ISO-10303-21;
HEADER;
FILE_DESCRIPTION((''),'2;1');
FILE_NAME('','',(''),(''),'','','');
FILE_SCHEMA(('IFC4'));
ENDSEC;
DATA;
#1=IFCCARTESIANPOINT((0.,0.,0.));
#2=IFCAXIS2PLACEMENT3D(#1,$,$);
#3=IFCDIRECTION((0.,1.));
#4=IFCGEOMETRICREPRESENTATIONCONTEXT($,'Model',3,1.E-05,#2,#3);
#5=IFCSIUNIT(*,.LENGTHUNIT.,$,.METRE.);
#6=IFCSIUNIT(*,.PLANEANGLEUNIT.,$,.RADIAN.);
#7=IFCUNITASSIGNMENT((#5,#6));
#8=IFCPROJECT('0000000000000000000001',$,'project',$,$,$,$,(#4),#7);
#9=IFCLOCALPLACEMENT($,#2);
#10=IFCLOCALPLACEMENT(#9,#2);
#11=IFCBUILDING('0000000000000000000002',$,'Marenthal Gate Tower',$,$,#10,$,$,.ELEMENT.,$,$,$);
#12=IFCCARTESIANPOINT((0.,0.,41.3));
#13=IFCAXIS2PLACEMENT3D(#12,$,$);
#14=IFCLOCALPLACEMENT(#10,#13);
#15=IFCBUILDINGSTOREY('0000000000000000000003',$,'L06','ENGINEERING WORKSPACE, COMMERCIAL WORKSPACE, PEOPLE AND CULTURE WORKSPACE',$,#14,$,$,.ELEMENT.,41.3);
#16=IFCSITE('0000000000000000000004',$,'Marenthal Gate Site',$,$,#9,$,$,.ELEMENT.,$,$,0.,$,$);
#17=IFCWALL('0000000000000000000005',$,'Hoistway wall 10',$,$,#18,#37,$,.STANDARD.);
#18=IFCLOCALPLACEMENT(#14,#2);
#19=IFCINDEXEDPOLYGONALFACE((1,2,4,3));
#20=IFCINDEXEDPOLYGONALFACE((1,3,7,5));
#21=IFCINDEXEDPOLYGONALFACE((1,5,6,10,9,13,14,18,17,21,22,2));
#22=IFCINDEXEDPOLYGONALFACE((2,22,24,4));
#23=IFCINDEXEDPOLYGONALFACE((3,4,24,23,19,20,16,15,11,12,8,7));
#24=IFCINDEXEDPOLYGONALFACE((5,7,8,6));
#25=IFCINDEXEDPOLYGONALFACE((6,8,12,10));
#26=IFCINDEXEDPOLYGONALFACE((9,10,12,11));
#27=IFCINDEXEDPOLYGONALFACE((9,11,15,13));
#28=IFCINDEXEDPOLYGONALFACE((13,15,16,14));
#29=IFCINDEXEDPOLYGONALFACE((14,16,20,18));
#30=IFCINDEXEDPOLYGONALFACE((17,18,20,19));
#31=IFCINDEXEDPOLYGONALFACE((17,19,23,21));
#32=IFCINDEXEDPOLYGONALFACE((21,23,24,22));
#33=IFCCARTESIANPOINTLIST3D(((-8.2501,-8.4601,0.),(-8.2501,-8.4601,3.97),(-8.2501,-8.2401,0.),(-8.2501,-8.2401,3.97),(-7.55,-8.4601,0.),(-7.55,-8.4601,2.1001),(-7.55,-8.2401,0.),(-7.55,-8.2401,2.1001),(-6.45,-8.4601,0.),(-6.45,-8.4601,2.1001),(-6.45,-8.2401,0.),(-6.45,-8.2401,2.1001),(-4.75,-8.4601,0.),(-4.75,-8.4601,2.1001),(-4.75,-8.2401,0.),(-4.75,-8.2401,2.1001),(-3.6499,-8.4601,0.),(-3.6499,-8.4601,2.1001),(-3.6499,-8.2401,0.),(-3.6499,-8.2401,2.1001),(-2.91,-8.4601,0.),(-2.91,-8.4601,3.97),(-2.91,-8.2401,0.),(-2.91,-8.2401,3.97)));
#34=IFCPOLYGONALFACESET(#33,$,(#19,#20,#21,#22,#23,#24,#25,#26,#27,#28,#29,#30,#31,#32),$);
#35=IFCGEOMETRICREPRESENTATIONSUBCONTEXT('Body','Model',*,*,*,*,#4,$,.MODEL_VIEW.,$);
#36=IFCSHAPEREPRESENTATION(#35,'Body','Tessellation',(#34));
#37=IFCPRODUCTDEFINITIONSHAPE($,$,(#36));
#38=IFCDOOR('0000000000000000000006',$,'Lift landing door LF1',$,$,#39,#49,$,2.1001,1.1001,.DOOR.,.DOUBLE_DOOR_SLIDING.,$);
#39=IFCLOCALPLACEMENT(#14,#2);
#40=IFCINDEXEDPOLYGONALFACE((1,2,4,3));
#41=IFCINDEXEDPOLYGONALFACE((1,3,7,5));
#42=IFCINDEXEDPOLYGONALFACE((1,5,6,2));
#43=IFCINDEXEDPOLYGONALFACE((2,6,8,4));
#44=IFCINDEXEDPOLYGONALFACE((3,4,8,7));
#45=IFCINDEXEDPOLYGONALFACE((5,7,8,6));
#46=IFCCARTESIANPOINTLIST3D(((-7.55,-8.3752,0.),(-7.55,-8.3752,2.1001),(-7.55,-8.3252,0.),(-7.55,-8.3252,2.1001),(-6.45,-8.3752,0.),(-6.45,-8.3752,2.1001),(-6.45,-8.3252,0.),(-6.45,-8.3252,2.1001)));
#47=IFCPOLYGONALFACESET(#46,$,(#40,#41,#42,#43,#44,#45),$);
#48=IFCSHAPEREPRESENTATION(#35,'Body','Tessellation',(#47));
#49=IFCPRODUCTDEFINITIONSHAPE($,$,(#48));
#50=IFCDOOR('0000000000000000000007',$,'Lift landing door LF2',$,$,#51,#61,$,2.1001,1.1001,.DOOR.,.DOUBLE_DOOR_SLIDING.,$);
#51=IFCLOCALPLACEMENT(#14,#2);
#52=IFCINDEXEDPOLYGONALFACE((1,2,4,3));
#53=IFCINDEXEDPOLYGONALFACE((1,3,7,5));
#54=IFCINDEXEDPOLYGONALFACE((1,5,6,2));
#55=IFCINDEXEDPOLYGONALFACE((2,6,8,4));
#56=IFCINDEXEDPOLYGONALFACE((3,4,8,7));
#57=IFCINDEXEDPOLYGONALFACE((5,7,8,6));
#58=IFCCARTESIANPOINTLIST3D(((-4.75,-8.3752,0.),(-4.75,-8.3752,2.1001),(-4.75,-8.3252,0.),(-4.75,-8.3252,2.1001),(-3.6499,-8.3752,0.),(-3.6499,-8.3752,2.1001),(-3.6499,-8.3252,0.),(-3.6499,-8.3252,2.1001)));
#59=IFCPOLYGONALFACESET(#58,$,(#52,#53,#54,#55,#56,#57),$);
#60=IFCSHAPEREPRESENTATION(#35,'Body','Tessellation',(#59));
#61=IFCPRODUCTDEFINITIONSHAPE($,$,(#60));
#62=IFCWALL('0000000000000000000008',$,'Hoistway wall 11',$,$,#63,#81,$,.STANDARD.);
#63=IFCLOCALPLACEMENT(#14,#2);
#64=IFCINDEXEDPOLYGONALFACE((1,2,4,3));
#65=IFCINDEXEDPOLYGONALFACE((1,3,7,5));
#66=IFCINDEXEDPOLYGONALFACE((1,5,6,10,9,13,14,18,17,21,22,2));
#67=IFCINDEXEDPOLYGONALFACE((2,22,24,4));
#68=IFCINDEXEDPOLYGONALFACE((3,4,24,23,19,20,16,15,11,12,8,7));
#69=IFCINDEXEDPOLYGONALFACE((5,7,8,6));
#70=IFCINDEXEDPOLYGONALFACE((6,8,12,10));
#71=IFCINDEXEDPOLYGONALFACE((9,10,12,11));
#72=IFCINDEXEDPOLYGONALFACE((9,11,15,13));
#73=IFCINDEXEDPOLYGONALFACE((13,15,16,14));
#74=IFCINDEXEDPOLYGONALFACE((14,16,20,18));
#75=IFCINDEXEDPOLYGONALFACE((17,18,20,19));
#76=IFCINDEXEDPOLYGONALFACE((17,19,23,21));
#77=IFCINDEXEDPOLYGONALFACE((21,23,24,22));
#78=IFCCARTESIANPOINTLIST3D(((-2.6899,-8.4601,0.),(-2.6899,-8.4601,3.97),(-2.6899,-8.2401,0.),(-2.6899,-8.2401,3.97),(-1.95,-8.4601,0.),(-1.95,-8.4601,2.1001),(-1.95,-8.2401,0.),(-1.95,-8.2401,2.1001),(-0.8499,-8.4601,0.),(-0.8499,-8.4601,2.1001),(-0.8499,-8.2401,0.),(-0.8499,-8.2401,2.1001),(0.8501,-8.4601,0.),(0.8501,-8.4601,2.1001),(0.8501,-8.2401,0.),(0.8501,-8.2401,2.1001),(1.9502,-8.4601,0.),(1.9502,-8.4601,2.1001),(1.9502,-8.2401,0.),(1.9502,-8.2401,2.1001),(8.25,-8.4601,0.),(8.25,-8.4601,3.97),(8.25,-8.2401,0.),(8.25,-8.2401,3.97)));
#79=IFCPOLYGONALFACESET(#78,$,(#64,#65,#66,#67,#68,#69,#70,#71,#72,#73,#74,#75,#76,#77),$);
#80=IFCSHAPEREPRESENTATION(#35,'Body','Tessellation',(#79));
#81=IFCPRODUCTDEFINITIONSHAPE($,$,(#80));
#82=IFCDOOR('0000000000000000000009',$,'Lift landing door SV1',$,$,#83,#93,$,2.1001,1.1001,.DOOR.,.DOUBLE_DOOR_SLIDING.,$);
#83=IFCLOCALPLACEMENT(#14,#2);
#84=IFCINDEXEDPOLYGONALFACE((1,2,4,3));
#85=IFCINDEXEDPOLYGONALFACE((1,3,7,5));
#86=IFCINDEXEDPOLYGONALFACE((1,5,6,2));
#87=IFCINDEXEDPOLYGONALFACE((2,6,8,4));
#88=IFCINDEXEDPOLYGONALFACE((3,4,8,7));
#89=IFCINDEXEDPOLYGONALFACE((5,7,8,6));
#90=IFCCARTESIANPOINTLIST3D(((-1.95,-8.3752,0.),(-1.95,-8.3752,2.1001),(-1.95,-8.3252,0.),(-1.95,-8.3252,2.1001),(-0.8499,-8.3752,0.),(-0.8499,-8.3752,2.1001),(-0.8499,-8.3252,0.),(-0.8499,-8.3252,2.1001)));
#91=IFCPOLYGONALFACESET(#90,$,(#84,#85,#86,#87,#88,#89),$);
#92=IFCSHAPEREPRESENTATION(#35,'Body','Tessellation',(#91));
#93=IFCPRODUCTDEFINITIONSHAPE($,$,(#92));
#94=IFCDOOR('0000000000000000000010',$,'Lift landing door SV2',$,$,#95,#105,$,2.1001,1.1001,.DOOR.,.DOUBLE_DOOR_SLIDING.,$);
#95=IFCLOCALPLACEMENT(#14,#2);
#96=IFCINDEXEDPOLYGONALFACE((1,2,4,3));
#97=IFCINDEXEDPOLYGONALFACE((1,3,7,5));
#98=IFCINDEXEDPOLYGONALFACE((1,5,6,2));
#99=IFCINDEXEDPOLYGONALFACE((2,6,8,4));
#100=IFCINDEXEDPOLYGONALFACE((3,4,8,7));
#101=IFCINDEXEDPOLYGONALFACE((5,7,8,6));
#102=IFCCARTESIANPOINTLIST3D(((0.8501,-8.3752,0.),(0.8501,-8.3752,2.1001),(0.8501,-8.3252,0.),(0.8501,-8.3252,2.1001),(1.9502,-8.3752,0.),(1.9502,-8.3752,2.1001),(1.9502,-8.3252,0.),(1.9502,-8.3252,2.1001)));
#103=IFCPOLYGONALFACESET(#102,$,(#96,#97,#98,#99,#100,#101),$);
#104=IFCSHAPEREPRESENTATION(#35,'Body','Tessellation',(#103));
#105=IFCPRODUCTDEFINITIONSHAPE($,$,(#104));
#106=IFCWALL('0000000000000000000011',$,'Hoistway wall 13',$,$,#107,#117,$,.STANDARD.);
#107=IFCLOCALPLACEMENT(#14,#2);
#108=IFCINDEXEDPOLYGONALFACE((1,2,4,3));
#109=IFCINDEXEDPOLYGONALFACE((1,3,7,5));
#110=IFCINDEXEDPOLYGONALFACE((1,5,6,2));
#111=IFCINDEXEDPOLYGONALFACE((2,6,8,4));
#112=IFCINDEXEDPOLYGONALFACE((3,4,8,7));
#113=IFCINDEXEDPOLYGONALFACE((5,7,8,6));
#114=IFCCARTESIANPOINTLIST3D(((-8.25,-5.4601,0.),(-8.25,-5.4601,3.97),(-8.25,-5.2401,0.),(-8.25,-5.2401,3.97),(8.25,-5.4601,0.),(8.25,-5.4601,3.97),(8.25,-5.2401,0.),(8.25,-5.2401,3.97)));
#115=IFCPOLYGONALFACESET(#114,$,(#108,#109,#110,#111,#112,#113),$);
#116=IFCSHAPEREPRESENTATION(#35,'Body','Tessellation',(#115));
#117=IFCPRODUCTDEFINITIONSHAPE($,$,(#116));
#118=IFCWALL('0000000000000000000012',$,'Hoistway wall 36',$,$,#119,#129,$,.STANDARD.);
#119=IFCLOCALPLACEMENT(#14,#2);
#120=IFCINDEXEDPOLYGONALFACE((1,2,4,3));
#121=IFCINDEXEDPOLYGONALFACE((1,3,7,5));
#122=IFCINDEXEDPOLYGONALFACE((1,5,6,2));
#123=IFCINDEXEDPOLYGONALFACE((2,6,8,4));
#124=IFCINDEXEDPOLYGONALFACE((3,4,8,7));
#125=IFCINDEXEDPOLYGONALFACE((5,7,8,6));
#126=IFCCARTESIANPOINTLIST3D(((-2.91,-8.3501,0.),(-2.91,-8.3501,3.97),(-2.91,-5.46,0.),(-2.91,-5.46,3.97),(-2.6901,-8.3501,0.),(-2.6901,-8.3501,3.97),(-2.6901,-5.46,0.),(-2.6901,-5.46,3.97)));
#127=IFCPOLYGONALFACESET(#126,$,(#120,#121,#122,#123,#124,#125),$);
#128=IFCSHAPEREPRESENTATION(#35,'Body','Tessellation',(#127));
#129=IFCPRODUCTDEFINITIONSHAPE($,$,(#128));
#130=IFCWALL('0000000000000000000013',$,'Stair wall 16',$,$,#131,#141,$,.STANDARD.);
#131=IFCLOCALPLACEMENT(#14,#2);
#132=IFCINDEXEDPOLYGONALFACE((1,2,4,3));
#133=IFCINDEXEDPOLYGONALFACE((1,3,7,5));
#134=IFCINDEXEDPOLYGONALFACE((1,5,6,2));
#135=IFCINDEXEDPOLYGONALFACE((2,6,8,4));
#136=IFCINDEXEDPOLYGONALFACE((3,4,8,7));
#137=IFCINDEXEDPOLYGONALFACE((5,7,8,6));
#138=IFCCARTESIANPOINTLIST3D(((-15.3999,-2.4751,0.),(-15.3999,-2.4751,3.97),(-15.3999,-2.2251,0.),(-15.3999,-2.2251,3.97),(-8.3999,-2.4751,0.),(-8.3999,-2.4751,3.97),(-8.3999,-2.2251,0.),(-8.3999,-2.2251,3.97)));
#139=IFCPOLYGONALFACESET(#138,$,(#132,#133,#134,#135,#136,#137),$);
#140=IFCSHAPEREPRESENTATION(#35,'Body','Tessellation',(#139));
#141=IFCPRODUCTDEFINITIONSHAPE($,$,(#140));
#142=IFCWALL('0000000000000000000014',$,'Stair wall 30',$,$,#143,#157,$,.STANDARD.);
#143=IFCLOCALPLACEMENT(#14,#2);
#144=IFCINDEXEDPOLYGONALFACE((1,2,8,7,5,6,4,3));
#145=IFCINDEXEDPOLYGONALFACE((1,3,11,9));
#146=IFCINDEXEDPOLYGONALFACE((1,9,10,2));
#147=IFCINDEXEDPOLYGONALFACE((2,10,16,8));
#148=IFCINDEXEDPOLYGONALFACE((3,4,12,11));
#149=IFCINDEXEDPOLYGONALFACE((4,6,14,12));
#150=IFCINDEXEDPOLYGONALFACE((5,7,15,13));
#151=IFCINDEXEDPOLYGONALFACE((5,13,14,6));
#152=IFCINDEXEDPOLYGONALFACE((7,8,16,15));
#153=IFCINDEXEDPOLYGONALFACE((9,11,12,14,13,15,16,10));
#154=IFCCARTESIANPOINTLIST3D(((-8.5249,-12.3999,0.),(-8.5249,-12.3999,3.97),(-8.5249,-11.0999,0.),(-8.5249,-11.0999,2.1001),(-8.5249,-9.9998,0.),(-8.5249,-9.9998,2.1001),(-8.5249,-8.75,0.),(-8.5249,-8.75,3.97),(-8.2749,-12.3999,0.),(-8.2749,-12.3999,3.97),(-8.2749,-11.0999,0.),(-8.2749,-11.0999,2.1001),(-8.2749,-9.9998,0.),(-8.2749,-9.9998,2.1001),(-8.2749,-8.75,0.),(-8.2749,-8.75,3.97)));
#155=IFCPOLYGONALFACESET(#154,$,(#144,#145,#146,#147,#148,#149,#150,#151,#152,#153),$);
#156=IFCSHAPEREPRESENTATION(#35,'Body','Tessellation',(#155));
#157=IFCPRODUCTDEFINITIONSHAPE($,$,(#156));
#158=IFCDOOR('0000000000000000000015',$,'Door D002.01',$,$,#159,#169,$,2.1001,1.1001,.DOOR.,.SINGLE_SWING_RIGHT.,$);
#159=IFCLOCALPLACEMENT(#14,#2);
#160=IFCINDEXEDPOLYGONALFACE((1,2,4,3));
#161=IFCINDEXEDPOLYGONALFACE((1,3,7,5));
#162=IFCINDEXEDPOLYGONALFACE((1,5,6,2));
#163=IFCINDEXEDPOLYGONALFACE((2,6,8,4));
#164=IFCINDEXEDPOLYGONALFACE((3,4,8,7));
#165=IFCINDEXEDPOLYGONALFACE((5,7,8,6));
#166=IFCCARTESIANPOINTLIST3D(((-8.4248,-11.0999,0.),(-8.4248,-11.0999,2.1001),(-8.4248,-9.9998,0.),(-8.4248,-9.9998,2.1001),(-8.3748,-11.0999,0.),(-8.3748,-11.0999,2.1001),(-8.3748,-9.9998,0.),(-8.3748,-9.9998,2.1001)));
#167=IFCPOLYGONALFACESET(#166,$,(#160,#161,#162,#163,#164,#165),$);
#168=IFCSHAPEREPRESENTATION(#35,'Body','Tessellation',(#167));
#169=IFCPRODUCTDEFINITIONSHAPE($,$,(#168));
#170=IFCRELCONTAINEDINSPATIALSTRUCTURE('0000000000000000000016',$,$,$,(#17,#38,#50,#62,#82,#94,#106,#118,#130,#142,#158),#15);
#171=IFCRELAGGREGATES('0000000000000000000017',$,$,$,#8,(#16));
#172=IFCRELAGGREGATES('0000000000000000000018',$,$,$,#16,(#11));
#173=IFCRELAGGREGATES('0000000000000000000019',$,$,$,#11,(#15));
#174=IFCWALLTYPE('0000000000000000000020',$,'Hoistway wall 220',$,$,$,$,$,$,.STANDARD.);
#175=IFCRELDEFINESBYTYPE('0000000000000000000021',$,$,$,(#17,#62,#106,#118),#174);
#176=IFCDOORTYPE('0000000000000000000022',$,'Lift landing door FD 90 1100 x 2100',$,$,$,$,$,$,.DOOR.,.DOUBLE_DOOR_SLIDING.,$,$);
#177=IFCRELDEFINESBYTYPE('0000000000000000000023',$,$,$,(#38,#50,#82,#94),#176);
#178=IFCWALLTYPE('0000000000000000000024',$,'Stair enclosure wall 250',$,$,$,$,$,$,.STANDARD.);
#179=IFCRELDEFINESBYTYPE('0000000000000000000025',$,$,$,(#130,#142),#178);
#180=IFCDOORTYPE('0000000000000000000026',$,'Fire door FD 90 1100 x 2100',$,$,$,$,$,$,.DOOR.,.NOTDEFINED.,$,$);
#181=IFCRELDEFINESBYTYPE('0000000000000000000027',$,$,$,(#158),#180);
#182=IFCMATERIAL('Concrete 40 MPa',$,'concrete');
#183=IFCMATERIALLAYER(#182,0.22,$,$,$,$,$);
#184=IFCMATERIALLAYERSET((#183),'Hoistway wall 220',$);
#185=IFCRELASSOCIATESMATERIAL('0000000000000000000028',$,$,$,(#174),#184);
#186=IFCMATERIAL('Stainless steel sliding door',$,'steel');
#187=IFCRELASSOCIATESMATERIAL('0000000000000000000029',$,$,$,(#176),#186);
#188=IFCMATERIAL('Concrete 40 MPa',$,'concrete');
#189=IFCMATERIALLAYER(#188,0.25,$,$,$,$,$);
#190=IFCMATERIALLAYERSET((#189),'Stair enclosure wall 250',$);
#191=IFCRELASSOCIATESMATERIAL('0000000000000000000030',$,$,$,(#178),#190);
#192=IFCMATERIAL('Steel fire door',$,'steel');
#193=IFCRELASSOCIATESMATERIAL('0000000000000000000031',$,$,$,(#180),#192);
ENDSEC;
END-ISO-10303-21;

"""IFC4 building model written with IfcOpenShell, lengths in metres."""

from ifc_helpers import new_model, si_unit, direction, frame, frame_2d, origin, place, context, subcontext, project, spatial, rectangle, extrude, material, layer, layer_set, type_object, element, fill, save


model = new_model("IFC4")

# Units and contexts
model_context = context("Model", 3, precision=1e-05, world=origin(), true_north=direction((0.0, 1.0)))
body_context = subcontext(model_context, "Body", "Model", "MODEL_VIEW")
ifc_project = project(units=[si_unit("LENGTHUNIT", "METRE"), si_unit("PLANEANGLEUNIT", "RADIAN")], contexts=[model_context])

# Site, building, storey
site_placement = place(None, origin())
site = spatial("IfcSite", under=ifc_project, at=site_placement, Name="Marenthal Gate Site", CompositionType="ELEMENT", RefElevation=0.0)
building_placement = place(site_placement, origin())
building = spatial("IfcBuilding", under=site, at=building_placement, Name="Marenthal Gate Tower", CompositionType="ELEMENT")
storey_placement = place(building_placement, frame((0.0, 0.0, 41.3)))
storey = spatial("IfcBuildingStorey", under=building, at=storey_placement, Name="L06", Description="ENGINEERING WORKSPACE, COMMERCIAL WORKSPACE, PEOPLE AND CULTURE WORKSPACE", CompositionType="ELEMENT", Elevation=41.3)

# Walls, openings, doors
ifc_material_1 = material(Name="Concrete 40 MPa", Category="concrete")
ifc_layer_1 = layer(ifc_material_1, 0.22)
ifc_layer_set_1 = layer_set([ifc_layer_1], Name="Hoistway wall 220")
wall_type_1 = type_object("IfcWallType", Name="Hoistway wall 220", PredefinedType="STANDARD", material=ifc_layer_set_1)
wall_1_placement = place(storey_placement, frame((-8.25, -8.3501, 0.0), z_axis=(0.0, 0.0, 1.0), x_axis=(1.0, 0.0, 0.0)))
wall_1 = element("IfcWall", 1, at=wall_1_placement, inside=storey, type_object=wall_type_1, Name="Hoistway wall 10", PredefinedType="STANDARD", context=body_context, shape_type="SweptSolid", body=[
    extrude(rectangle(XDim=5.3401, YDim=0.22, at=frame_2d((2.6699, 0.0))), origin(), (0.0, 0.0, 1.0), 3.97),
])
opening_1_placement = place(wall_1_placement, frame((0.7, 0.0, 0.0)))
opening_1 = element("IfcOpeningElement", 2, at=opening_1_placement, cuts=wall_1, PredefinedType="OPENING", context=body_context, shape_type="SweptSolid", body=[
    extrude(rectangle(XDim=1.1001, YDim=2.1001, at=frame_2d((0.55, 1.05))), frame((0.0, 0.1201, 0.0), z_axis=(0.0, -1.0, 0.0), x_axis=(1.0, 0.0, 0.0)), (0.0, 0.0, 1.0), 0.24),
])
opening_2_placement = place(wall_1_placement, frame((3.5, 0.0, 0.0)))
opening_2 = element("IfcOpeningElement", 3, at=opening_2_placement, cuts=wall_1, PredefinedType="OPENING", context=body_context, shape_type="SweptSolid", body=[
    extrude(rectangle(XDim=1.1001, YDim=2.1001, at=frame_2d((0.55, 1.05))), frame((0.0, 0.1201, 0.0), z_axis=(0.0, -1.0, 0.0), x_axis=(1.0, 0.0, 0.0)), (0.0, 0.0, 1.0), 0.24),
])
ifc_material_2 = material(Name="Stainless steel sliding door", Category="steel")
door_type_1 = type_object("IfcDoorType", Name="Lift landing door FD 90 1100 x 2100", OperationType="DOUBLE_DOOR_SLIDING", PredefinedType="DOOR", material=ifc_material_2)
door_1_placement = place(opening_1_placement, origin())
door_1 = element("IfcDoor", 4, at=door_1_placement, inside=storey, type_object=door_type_1, Name="Lift landing door LF1", OperationType="DOUBLE_DOOR_SLIDING", OverallHeight=2.1001, OverallWidth=1.1001, PredefinedType="DOOR", context=body_context, shape_type="SweptSolid", body=[
    extrude(rectangle(XDim=1.1001, YDim=2.1001, at=frame_2d((0.55, 1.05))), frame((0.0, 0.0249, 0.0), z_axis=(0.0, -1.0, 0.0), x_axis=(1.0, 0.0, 0.0)), (0.0, 0.0, 1.0), 0.05),
])
fill(opening_1, door_1)
door_2_placement = place(opening_2_placement, origin())
door_2 = element("IfcDoor", 5, at=door_2_placement, inside=storey, type_object=door_type_1, Name="Lift landing door LF2", OperationType="DOUBLE_DOOR_SLIDING", OverallHeight=2.1001, OverallWidth=1.1001, PredefinedType="DOOR", context=body_context, shape_type="SweptSolid", body=[
    extrude(rectangle(XDim=1.1001, YDim=2.1001, at=frame_2d((0.55, 1.05))), frame((0.0, 0.0249, 0.0), z_axis=(0.0, -1.0, 0.0), x_axis=(1.0, 0.0, 0.0)), (0.0, 0.0, 1.0), 0.05),
])
fill(opening_2, door_2)
wall_2_placement = place(storey_placement, frame((-2.6899, -8.3501, 0.0), z_axis=(0.0, 0.0, 1.0), x_axis=(1.0, 0.0, 0.0)))
wall_2 = element("IfcWall", 6, at=wall_2_placement, inside=storey, type_object=wall_type_1, Name="Hoistway wall 11", PredefinedType="STANDARD", context=body_context, shape_type="SweptSolid", body=[
    extrude(rectangle(XDim=10.9399, YDim=0.22, at=frame_2d((5.47, 0.0))), origin(), (0.0, 0.0, 1.0), 3.97),
])
opening_3_placement = place(wall_2_placement, frame((0.74, 0.0, 0.0)))
opening_3 = element("IfcOpeningElement", 7, at=opening_3_placement, cuts=wall_2, PredefinedType="OPENING", context=body_context, shape_type="SweptSolid", body=[
    extrude(rectangle(XDim=1.1001, YDim=2.1001, at=frame_2d((0.55, 1.05))), frame((0.0, 0.1201, 0.0), z_axis=(0.0, -1.0, 0.0), x_axis=(1.0, 0.0, 0.0)), (0.0, 0.0, 1.0), 0.24),
])
opening_4_placement = place(wall_2_placement, frame((3.54, 0.0, 0.0)))
opening_4 = element("IfcOpeningElement", 8, at=opening_4_placement, cuts=wall_2, PredefinedType="OPENING", context=body_context, shape_type="SweptSolid", body=[
    extrude(rectangle(XDim=1.1001, YDim=2.1001, at=frame_2d((0.55, 1.05))), frame((0.0, 0.1201, 0.0), z_axis=(0.0, -1.0, 0.0), x_axis=(1.0, 0.0, 0.0)), (0.0, 0.0, 1.0), 0.24),
])
door_3_placement = place(opening_3_placement, origin())
door_3 = element("IfcDoor", 9, at=door_3_placement, inside=storey, type_object=door_type_1, Name="Lift landing door SV1", OperationType="DOUBLE_DOOR_SLIDING", OverallHeight=2.1001, OverallWidth=1.1001, PredefinedType="DOOR", context=body_context, shape_type="SweptSolid", body=[
    extrude(rectangle(XDim=1.1001, YDim=2.1001, at=frame_2d((0.55, 1.05))), frame((0.0, 0.0249, 0.0), z_axis=(0.0, -1.0, 0.0), x_axis=(1.0, 0.0, 0.0)), (0.0, 0.0, 1.0), 0.05),
])
fill(opening_3, door_3)
door_4_placement = place(opening_4_placement, origin())
door_4 = element("IfcDoor", 10, at=door_4_placement, inside=storey, type_object=door_type_1, Name="Lift landing door SV2", OperationType="DOUBLE_DOOR_SLIDING", OverallHeight=2.1001, OverallWidth=1.1001, PredefinedType="DOOR", context=body_context, shape_type="SweptSolid", body=[
    extrude(rectangle(XDim=1.1001, YDim=2.1001, at=frame_2d((0.55, 1.05))), frame((0.0, 0.0249, 0.0), z_axis=(0.0, -1.0, 0.0), x_axis=(1.0, 0.0, 0.0)), (0.0, 0.0, 1.0), 0.05),
])
fill(opening_4, door_4)

# Walls
wall_3_placement = place(storey_placement, frame((-8.25, -5.3501, 0.0), z_axis=(0.0, 0.0, 1.0), x_axis=(1.0, 0.0, 0.0)))
element("IfcWall", 11, at=wall_3_placement, inside=storey, type_object=wall_type_1, Name="Hoistway wall 13", PredefinedType="STANDARD", context=body_context, shape_type="SweptSolid", body=[
    extrude(rectangle(XDim=16.5, YDim=0.22, at=frame_2d((8.25, 0.0))), origin(), (0.0, 0.0, 1.0), 3.97),
])
wall_4_placement = place(storey_placement, frame((-2.8, -8.3501, 0.0), z_axis=(0.0, 0.0, 1.0), x_axis=(0.0, 1.0, 0.0)))
element("IfcWall", 12, at=wall_4_placement, inside=storey, type_object=wall_type_1, Name="Hoistway wall 36", PredefinedType="STANDARD", context=body_context, shape_type="SweptSolid", body=[
    extrude(rectangle(XDim=2.8901, YDim=0.22, at=frame_2d((1.4451, 0.0))), origin(), (0.0, 0.0, 1.0), 3.97),
])
ifc_material_3 = material(Name="Concrete 40 MPa", Category="concrete")
ifc_layer_2 = layer(ifc_material_3, 0.25)
ifc_layer_set_2 = layer_set([ifc_layer_2], Name="Stair enclosure wall 250")
wall_type_2 = type_object("IfcWallType", Name="Stair enclosure wall 250", PredefinedType="STANDARD", material=ifc_layer_set_2)
wall_5_placement = place(storey_placement, frame((-15.3999, -2.3501, 0.0), z_axis=(0.0, 0.0, 1.0), x_axis=(1.0, 0.0, 0.0)))
element("IfcWall", 13, at=wall_5_placement, inside=storey, type_object=wall_type_2, Name="Stair wall 16", PredefinedType="STANDARD", context=body_context, shape_type="SweptSolid", body=[
    extrude(rectangle(XDim=7.0, YDim=0.25, at=frame_2d((3.5, 0.0))), origin(), (0.0, 0.0, 1.0), 3.97),
])

# Wall, opening, door
wall_6_placement = place(storey_placement, frame((-8.3999, -12.3999, 0.0), z_axis=(0.0, 0.0, 1.0), x_axis=(0.0, 1.0, 0.0)))
wall_6 = element("IfcWall", 14, at=wall_6_placement, inside=storey, type_object=wall_type_2, Name="Stair wall 30", PredefinedType="STANDARD", context=body_context, shape_type="SweptSolid", body=[
    extrude(rectangle(XDim=3.6499, YDim=0.25, at=frame_2d((1.825, 0.0))), origin(), (0.0, 0.0, 1.0), 3.97),
])
opening_5_placement = place(wall_6_placement, frame((1.3, 0.0, 0.0)))
opening_5 = element("IfcOpeningElement", 15, at=opening_5_placement, cuts=wall_6, PredefinedType="OPENING", context=body_context, shape_type="SweptSolid", body=[
    extrude(rectangle(XDim=1.1001, YDim=2.1001, at=frame_2d((0.55, 1.05))), frame((0.0, 0.135, 0.0), z_axis=(0.0, -1.0, 0.0), x_axis=(1.0, 0.0, 0.0)), (0.0, 0.0, 1.0), 0.27),
])
ifc_material_4 = material(Name="Steel fire door", Category="steel")
door_type_2 = type_object("IfcDoorType", Name="Fire door FD 90 1100 x 2100", OperationType="NOTDEFINED", PredefinedType="DOOR", material=ifc_material_4)
door_5_placement = place(opening_5_placement, origin())
door_5 = element("IfcDoor", 16, at=door_5_placement, inside=storey, type_object=door_type_2, Name="Door D002.01", OperationType="SINGLE_SWING_RIGHT", OverallHeight=2.1001, OverallWidth=1.1001, PredefinedType="DOOR", context=body_context, shape_type="SweptSolid", body=[
    extrude(rectangle(XDim=1.1001, YDim=2.1001, at=frame_2d((0.55, 1.05))), frame((0.0, 0.0249, 0.0), z_axis=(0.0, -1.0, 0.0), x_axis=(1.0, 0.0, 0.0)), (0.0, 0.0, 1.0), 0.05),
])
fill(opening_5, door_5)

save(model, "model.ifc")
